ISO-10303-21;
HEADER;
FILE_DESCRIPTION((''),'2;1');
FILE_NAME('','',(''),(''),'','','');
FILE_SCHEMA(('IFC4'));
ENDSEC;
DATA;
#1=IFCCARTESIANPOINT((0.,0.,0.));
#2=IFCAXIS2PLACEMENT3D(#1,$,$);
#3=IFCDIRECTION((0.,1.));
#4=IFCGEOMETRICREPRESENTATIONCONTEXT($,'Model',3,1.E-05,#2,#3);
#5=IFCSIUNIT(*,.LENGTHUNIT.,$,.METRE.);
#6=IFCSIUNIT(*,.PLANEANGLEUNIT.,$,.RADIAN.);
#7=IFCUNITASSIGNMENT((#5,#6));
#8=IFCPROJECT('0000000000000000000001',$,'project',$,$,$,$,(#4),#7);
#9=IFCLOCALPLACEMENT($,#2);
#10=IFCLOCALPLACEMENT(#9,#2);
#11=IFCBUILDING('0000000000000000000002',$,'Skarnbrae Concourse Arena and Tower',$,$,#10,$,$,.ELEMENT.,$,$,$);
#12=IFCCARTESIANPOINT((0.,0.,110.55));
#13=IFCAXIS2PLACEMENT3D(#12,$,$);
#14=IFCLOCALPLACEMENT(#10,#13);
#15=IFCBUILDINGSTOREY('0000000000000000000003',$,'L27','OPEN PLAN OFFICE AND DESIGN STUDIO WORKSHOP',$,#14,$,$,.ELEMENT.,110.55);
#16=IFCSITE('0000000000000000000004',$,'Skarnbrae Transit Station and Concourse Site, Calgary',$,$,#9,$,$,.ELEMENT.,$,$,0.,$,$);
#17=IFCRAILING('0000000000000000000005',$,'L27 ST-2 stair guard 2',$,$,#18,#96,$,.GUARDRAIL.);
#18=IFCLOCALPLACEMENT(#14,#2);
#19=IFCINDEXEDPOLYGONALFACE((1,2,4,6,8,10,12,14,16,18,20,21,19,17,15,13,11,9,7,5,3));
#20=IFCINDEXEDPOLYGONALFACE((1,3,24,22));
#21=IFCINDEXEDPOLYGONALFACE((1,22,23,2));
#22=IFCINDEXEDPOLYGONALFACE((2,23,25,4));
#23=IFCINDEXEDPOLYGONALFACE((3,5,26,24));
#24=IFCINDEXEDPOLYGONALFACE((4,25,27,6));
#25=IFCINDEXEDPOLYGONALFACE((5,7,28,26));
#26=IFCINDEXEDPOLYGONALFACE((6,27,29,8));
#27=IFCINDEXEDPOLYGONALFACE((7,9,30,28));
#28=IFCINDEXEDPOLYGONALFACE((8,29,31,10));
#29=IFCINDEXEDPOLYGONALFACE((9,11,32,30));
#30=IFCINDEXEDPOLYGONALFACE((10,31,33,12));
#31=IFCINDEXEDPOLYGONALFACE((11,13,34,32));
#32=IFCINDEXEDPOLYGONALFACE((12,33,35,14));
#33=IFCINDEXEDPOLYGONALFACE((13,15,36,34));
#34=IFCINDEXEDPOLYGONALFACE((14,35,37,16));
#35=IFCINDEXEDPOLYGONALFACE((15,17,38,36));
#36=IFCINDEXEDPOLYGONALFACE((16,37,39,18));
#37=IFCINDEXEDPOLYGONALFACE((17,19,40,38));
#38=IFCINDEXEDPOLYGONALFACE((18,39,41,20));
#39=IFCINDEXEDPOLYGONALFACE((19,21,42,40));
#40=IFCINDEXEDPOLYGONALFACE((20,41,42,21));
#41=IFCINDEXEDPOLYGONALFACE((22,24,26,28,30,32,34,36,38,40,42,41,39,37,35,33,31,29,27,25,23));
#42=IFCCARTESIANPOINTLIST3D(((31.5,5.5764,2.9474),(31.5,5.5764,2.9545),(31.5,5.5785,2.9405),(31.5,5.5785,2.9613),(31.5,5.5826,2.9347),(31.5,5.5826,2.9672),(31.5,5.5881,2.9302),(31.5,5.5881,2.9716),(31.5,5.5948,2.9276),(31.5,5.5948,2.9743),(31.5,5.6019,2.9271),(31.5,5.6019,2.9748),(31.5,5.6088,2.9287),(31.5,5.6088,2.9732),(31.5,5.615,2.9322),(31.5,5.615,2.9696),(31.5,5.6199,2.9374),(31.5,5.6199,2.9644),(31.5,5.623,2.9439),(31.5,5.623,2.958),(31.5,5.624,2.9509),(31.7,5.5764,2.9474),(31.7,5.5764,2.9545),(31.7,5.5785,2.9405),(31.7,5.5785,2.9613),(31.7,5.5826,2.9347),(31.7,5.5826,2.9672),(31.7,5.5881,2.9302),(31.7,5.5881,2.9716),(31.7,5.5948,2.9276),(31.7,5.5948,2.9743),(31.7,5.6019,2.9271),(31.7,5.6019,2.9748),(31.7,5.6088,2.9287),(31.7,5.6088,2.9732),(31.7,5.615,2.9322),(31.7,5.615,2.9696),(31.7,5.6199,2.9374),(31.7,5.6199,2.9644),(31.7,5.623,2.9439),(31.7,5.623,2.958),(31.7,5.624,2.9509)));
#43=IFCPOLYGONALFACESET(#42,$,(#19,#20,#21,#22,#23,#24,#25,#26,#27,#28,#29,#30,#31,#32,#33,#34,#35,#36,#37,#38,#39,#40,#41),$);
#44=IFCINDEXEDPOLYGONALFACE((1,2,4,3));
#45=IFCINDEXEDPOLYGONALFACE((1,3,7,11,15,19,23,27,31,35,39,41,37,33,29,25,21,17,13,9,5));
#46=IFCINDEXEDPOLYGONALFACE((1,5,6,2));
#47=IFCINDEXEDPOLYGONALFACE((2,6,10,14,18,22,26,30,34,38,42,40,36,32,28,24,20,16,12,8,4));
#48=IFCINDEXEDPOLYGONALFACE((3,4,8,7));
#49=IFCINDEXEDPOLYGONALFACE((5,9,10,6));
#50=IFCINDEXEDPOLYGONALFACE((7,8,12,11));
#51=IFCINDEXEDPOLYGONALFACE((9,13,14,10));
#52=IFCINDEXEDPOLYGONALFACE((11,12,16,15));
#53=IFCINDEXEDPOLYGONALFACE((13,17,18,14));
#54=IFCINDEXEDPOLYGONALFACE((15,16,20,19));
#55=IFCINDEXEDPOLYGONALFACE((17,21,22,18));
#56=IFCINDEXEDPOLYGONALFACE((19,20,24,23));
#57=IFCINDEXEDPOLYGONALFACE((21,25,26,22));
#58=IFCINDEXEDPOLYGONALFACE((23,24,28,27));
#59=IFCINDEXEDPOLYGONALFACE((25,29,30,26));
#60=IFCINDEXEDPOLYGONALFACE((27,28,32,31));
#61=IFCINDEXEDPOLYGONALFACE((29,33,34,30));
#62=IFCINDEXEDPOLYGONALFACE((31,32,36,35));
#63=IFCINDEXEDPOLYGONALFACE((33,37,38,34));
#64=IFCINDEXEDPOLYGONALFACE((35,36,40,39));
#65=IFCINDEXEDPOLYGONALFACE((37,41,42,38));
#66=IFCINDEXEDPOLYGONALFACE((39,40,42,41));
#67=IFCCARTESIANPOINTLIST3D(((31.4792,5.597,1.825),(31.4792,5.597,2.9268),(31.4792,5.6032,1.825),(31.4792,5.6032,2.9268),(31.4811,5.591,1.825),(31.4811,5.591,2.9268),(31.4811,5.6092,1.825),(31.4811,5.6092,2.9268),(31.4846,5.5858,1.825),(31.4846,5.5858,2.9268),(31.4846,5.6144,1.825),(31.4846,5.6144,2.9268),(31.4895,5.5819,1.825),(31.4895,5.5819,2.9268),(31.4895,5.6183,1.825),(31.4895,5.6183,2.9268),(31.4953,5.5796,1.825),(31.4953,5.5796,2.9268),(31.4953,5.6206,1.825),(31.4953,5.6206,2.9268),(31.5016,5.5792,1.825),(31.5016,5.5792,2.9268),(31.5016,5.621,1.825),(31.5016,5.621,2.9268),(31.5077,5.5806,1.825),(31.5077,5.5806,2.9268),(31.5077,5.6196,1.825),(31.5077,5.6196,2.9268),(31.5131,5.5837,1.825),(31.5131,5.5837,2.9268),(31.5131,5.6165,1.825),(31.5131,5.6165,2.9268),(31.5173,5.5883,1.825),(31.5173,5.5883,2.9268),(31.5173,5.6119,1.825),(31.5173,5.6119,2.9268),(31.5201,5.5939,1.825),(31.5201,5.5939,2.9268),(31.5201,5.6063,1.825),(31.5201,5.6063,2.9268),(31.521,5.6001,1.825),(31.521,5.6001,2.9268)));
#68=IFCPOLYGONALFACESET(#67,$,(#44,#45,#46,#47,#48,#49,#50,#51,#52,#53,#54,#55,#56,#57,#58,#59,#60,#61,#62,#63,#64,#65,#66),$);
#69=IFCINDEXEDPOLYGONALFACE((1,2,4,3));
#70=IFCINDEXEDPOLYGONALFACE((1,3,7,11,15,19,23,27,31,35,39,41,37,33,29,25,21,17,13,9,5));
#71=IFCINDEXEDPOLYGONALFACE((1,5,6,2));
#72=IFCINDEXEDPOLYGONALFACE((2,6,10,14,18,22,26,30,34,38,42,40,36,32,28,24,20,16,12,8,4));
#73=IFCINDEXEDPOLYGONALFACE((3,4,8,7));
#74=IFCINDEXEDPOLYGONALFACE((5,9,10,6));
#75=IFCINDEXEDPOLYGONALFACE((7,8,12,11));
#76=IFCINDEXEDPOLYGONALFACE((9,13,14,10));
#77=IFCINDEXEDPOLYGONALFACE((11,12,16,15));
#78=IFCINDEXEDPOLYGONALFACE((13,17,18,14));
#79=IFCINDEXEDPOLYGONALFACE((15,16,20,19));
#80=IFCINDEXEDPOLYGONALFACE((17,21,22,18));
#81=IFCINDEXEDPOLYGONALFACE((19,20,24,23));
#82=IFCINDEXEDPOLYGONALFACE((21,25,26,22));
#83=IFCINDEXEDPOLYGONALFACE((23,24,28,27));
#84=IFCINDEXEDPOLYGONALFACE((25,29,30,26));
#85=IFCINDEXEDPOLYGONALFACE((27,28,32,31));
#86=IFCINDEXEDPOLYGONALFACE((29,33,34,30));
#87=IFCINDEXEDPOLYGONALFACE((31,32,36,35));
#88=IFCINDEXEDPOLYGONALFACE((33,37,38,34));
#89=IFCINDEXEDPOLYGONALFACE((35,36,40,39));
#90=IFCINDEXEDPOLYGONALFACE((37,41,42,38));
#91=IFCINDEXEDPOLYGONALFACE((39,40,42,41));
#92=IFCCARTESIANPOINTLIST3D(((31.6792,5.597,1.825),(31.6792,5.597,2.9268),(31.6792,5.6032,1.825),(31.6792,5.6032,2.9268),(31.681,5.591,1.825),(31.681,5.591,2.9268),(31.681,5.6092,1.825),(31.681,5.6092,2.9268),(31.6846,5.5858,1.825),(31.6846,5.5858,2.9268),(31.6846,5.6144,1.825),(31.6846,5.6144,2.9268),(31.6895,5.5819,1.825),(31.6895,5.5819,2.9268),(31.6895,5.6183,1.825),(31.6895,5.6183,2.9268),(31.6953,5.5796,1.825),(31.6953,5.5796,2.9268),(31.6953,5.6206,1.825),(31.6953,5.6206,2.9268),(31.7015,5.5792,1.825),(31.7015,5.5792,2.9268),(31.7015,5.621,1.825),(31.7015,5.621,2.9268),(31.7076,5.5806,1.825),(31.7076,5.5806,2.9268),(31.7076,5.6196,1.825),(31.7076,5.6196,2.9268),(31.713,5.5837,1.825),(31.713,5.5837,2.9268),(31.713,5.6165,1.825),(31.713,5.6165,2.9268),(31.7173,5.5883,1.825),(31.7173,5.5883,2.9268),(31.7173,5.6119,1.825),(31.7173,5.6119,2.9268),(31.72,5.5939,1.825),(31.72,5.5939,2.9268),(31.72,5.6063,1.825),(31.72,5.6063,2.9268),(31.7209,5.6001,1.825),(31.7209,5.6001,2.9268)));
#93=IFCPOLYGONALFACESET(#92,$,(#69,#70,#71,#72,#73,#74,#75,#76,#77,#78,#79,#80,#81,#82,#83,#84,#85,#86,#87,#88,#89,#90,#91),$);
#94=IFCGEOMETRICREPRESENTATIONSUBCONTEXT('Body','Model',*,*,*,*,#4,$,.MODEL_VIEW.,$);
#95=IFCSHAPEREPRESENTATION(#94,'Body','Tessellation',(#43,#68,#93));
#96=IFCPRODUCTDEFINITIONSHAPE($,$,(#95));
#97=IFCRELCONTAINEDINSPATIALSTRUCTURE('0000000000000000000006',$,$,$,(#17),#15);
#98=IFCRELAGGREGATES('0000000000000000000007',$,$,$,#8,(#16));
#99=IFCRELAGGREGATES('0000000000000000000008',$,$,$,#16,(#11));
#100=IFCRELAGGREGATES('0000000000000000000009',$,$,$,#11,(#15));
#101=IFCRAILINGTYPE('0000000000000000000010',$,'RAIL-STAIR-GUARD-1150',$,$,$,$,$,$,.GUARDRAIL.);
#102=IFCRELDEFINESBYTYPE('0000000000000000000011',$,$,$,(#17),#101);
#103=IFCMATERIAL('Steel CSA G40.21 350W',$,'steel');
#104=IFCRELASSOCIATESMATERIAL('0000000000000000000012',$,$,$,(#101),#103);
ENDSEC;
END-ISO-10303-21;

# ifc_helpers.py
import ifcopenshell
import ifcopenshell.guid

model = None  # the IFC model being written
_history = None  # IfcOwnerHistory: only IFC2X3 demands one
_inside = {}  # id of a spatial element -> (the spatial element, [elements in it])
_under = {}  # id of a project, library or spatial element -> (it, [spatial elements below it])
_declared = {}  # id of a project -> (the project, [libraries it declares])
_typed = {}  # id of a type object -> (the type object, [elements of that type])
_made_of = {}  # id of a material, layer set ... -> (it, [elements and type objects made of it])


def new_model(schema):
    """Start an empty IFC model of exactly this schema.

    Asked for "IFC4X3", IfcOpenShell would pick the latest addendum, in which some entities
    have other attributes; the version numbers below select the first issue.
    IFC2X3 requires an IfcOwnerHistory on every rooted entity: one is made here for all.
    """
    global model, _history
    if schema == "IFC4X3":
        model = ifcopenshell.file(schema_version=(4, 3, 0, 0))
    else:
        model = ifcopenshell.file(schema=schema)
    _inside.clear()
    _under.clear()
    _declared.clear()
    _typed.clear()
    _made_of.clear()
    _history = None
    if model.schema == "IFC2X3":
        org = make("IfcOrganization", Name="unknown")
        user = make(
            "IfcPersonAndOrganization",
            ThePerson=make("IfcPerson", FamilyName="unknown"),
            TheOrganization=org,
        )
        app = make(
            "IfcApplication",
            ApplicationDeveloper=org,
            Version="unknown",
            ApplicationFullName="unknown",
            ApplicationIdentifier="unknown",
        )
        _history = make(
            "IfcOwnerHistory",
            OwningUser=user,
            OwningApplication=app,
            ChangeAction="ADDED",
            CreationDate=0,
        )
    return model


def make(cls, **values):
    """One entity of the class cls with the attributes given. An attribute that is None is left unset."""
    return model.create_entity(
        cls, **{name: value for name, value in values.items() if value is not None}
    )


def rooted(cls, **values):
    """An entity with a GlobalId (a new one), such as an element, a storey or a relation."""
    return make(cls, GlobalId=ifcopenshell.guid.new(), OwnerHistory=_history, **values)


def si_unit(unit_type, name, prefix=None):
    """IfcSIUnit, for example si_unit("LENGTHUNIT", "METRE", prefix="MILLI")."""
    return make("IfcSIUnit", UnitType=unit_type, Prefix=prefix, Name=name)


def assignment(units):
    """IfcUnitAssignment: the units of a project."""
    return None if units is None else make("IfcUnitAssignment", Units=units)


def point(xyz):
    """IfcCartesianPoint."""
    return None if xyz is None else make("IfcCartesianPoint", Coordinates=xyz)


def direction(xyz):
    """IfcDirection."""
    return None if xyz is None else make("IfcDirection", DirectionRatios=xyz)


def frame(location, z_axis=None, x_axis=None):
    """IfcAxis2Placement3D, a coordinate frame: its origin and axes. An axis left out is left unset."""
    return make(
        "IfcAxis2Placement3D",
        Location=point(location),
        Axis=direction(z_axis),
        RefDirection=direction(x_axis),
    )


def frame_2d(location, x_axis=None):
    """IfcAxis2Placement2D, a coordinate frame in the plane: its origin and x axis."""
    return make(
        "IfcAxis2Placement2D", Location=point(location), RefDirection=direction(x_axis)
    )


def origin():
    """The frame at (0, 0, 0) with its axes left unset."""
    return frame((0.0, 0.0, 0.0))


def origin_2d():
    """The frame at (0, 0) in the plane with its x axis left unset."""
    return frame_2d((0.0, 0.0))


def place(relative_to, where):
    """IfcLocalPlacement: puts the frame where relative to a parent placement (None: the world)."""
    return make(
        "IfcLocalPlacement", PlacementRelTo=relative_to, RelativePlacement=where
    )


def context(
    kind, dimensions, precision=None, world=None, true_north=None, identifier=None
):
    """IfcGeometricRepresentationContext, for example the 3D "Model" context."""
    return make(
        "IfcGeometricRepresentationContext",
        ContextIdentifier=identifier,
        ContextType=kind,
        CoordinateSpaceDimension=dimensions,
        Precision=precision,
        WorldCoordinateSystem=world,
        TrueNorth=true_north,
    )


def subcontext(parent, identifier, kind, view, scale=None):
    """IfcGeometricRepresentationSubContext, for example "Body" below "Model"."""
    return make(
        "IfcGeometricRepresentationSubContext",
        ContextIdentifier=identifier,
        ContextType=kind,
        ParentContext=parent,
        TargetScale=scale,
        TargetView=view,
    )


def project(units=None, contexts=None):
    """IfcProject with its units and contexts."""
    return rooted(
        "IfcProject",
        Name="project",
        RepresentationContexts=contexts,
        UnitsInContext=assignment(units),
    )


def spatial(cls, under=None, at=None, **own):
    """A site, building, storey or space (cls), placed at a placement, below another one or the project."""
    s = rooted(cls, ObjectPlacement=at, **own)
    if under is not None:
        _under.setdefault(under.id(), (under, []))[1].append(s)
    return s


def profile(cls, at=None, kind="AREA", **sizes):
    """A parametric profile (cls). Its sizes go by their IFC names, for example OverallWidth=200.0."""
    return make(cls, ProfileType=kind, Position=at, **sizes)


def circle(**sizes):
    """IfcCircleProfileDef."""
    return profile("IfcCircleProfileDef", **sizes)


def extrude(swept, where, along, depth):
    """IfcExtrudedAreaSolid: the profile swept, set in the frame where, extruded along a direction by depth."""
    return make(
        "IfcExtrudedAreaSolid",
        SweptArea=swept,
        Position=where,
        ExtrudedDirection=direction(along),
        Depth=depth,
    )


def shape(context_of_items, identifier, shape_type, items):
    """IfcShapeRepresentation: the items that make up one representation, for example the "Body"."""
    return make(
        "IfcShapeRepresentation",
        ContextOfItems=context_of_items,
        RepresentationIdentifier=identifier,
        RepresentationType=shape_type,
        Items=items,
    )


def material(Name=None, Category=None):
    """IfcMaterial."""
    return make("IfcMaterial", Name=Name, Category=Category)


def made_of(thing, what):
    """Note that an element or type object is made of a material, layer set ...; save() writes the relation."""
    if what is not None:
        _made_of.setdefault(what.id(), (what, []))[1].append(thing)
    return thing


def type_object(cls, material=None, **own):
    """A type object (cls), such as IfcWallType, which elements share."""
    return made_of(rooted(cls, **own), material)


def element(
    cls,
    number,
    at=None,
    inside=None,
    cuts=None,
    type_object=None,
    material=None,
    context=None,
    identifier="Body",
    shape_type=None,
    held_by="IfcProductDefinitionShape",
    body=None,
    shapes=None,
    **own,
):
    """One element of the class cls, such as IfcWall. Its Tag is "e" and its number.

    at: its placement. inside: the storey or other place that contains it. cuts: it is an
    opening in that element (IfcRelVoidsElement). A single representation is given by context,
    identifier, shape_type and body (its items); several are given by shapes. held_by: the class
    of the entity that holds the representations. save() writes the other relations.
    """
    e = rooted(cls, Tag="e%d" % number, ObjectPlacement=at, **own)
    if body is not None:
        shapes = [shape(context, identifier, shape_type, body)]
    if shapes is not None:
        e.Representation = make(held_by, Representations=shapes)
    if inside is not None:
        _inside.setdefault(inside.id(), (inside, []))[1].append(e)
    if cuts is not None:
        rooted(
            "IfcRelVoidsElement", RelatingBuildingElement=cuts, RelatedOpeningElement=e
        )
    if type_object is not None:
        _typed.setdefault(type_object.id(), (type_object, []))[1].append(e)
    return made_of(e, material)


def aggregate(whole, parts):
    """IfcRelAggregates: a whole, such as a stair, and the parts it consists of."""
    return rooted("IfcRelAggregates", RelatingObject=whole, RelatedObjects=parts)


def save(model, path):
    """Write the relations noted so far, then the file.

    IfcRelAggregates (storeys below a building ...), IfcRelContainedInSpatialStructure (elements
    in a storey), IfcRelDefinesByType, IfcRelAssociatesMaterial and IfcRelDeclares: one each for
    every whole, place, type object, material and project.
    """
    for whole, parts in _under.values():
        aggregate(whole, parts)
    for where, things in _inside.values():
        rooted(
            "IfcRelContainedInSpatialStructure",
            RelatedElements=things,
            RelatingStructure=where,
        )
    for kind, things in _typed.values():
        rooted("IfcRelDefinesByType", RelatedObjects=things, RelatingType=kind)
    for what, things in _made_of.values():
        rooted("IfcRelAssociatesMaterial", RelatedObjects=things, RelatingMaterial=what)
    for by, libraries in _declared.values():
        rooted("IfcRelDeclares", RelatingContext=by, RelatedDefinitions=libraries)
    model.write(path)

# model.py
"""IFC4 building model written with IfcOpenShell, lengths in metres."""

from ifc_helpers import new_model, si_unit, direction, frame, origin, origin_2d, place, context, subcontext, project, spatial, circle, extrude, material, type_object, element, save


model = new_model("IFC4")

# Units and contexts
model_context = context("Model", 3, precision=1e-05, world=origin(), true_north=direction((0.0, 1.0)))
body_context = subcontext(model_context, "Body", "Model", "MODEL_VIEW")
ifc_project = project(units=[si_unit("LENGTHUNIT", "METRE"), si_unit("PLANEANGLEUNIT", "RADIAN")], contexts=[model_context])

# Site, building, storey
site_placement = place(None, origin())
site = spatial("IfcSite", under=ifc_project, at=site_placement, Name="Skarnbrae Transit Station and Concourse Site, Calgary", CompositionType="ELEMENT", RefElevation=0.0)
building_placement = place(site_placement, origin())
building = spatial("IfcBuilding", under=site, at=building_placement, Name="Skarnbrae Concourse Arena and Tower", CompositionType="ELEMENT")
storey_placement = place(building_placement, frame((0.0, 0.0, 110.55)))
storey = spatial("IfcBuildingStorey", under=building, at=storey_placement, Name="L27", Description="OPEN PLAN OFFICE AND DESIGN STUDIO WORKSHOP", CompositionType="ELEMENT", Elevation=110.55)

# Shared definitions
ifc_material_1 = material(Name="Steel CSA G40.21 350W", Category="steel")

# Railing
railing_type_1 = type_object("IfcRailingType", Name="RAIL-STAIR-GUARD-1150", PredefinedType="GUARDRAIL", material=ifc_material_1)
railing_1_placement = place(storey_placement, frame((31.5, 5.6001, 1.825)))
element("IfcRailing", 1, at=railing_1_placement, inside=storey, type_object=railing_type_1, Name="L27 ST-2 stair guard 2", PredefinedType="GUARDRAIL", context=body_context, shape_type="SweptSolid", body=[
    extrude(circle(Radius=0.0239, at=origin_2d()), frame((0.0, 0.0, 1.126), z_axis=(1.0, 0.0, 0.0), x_axis=(0.0, 1.0, 0.0)), (0.0, 0.0, 1.0), 0.2),
    extrude(circle(Radius=0.021, at=origin_2d()), origin(), (0.0, 0.0, 1.0), 1.1018),
    extrude(circle(Radius=0.021, at=origin_2d()), frame((0.2, 0.0, 0.0)), (0.0, 0.0, 1.0), 1.1018),
])

save(model, "model.ifc")
